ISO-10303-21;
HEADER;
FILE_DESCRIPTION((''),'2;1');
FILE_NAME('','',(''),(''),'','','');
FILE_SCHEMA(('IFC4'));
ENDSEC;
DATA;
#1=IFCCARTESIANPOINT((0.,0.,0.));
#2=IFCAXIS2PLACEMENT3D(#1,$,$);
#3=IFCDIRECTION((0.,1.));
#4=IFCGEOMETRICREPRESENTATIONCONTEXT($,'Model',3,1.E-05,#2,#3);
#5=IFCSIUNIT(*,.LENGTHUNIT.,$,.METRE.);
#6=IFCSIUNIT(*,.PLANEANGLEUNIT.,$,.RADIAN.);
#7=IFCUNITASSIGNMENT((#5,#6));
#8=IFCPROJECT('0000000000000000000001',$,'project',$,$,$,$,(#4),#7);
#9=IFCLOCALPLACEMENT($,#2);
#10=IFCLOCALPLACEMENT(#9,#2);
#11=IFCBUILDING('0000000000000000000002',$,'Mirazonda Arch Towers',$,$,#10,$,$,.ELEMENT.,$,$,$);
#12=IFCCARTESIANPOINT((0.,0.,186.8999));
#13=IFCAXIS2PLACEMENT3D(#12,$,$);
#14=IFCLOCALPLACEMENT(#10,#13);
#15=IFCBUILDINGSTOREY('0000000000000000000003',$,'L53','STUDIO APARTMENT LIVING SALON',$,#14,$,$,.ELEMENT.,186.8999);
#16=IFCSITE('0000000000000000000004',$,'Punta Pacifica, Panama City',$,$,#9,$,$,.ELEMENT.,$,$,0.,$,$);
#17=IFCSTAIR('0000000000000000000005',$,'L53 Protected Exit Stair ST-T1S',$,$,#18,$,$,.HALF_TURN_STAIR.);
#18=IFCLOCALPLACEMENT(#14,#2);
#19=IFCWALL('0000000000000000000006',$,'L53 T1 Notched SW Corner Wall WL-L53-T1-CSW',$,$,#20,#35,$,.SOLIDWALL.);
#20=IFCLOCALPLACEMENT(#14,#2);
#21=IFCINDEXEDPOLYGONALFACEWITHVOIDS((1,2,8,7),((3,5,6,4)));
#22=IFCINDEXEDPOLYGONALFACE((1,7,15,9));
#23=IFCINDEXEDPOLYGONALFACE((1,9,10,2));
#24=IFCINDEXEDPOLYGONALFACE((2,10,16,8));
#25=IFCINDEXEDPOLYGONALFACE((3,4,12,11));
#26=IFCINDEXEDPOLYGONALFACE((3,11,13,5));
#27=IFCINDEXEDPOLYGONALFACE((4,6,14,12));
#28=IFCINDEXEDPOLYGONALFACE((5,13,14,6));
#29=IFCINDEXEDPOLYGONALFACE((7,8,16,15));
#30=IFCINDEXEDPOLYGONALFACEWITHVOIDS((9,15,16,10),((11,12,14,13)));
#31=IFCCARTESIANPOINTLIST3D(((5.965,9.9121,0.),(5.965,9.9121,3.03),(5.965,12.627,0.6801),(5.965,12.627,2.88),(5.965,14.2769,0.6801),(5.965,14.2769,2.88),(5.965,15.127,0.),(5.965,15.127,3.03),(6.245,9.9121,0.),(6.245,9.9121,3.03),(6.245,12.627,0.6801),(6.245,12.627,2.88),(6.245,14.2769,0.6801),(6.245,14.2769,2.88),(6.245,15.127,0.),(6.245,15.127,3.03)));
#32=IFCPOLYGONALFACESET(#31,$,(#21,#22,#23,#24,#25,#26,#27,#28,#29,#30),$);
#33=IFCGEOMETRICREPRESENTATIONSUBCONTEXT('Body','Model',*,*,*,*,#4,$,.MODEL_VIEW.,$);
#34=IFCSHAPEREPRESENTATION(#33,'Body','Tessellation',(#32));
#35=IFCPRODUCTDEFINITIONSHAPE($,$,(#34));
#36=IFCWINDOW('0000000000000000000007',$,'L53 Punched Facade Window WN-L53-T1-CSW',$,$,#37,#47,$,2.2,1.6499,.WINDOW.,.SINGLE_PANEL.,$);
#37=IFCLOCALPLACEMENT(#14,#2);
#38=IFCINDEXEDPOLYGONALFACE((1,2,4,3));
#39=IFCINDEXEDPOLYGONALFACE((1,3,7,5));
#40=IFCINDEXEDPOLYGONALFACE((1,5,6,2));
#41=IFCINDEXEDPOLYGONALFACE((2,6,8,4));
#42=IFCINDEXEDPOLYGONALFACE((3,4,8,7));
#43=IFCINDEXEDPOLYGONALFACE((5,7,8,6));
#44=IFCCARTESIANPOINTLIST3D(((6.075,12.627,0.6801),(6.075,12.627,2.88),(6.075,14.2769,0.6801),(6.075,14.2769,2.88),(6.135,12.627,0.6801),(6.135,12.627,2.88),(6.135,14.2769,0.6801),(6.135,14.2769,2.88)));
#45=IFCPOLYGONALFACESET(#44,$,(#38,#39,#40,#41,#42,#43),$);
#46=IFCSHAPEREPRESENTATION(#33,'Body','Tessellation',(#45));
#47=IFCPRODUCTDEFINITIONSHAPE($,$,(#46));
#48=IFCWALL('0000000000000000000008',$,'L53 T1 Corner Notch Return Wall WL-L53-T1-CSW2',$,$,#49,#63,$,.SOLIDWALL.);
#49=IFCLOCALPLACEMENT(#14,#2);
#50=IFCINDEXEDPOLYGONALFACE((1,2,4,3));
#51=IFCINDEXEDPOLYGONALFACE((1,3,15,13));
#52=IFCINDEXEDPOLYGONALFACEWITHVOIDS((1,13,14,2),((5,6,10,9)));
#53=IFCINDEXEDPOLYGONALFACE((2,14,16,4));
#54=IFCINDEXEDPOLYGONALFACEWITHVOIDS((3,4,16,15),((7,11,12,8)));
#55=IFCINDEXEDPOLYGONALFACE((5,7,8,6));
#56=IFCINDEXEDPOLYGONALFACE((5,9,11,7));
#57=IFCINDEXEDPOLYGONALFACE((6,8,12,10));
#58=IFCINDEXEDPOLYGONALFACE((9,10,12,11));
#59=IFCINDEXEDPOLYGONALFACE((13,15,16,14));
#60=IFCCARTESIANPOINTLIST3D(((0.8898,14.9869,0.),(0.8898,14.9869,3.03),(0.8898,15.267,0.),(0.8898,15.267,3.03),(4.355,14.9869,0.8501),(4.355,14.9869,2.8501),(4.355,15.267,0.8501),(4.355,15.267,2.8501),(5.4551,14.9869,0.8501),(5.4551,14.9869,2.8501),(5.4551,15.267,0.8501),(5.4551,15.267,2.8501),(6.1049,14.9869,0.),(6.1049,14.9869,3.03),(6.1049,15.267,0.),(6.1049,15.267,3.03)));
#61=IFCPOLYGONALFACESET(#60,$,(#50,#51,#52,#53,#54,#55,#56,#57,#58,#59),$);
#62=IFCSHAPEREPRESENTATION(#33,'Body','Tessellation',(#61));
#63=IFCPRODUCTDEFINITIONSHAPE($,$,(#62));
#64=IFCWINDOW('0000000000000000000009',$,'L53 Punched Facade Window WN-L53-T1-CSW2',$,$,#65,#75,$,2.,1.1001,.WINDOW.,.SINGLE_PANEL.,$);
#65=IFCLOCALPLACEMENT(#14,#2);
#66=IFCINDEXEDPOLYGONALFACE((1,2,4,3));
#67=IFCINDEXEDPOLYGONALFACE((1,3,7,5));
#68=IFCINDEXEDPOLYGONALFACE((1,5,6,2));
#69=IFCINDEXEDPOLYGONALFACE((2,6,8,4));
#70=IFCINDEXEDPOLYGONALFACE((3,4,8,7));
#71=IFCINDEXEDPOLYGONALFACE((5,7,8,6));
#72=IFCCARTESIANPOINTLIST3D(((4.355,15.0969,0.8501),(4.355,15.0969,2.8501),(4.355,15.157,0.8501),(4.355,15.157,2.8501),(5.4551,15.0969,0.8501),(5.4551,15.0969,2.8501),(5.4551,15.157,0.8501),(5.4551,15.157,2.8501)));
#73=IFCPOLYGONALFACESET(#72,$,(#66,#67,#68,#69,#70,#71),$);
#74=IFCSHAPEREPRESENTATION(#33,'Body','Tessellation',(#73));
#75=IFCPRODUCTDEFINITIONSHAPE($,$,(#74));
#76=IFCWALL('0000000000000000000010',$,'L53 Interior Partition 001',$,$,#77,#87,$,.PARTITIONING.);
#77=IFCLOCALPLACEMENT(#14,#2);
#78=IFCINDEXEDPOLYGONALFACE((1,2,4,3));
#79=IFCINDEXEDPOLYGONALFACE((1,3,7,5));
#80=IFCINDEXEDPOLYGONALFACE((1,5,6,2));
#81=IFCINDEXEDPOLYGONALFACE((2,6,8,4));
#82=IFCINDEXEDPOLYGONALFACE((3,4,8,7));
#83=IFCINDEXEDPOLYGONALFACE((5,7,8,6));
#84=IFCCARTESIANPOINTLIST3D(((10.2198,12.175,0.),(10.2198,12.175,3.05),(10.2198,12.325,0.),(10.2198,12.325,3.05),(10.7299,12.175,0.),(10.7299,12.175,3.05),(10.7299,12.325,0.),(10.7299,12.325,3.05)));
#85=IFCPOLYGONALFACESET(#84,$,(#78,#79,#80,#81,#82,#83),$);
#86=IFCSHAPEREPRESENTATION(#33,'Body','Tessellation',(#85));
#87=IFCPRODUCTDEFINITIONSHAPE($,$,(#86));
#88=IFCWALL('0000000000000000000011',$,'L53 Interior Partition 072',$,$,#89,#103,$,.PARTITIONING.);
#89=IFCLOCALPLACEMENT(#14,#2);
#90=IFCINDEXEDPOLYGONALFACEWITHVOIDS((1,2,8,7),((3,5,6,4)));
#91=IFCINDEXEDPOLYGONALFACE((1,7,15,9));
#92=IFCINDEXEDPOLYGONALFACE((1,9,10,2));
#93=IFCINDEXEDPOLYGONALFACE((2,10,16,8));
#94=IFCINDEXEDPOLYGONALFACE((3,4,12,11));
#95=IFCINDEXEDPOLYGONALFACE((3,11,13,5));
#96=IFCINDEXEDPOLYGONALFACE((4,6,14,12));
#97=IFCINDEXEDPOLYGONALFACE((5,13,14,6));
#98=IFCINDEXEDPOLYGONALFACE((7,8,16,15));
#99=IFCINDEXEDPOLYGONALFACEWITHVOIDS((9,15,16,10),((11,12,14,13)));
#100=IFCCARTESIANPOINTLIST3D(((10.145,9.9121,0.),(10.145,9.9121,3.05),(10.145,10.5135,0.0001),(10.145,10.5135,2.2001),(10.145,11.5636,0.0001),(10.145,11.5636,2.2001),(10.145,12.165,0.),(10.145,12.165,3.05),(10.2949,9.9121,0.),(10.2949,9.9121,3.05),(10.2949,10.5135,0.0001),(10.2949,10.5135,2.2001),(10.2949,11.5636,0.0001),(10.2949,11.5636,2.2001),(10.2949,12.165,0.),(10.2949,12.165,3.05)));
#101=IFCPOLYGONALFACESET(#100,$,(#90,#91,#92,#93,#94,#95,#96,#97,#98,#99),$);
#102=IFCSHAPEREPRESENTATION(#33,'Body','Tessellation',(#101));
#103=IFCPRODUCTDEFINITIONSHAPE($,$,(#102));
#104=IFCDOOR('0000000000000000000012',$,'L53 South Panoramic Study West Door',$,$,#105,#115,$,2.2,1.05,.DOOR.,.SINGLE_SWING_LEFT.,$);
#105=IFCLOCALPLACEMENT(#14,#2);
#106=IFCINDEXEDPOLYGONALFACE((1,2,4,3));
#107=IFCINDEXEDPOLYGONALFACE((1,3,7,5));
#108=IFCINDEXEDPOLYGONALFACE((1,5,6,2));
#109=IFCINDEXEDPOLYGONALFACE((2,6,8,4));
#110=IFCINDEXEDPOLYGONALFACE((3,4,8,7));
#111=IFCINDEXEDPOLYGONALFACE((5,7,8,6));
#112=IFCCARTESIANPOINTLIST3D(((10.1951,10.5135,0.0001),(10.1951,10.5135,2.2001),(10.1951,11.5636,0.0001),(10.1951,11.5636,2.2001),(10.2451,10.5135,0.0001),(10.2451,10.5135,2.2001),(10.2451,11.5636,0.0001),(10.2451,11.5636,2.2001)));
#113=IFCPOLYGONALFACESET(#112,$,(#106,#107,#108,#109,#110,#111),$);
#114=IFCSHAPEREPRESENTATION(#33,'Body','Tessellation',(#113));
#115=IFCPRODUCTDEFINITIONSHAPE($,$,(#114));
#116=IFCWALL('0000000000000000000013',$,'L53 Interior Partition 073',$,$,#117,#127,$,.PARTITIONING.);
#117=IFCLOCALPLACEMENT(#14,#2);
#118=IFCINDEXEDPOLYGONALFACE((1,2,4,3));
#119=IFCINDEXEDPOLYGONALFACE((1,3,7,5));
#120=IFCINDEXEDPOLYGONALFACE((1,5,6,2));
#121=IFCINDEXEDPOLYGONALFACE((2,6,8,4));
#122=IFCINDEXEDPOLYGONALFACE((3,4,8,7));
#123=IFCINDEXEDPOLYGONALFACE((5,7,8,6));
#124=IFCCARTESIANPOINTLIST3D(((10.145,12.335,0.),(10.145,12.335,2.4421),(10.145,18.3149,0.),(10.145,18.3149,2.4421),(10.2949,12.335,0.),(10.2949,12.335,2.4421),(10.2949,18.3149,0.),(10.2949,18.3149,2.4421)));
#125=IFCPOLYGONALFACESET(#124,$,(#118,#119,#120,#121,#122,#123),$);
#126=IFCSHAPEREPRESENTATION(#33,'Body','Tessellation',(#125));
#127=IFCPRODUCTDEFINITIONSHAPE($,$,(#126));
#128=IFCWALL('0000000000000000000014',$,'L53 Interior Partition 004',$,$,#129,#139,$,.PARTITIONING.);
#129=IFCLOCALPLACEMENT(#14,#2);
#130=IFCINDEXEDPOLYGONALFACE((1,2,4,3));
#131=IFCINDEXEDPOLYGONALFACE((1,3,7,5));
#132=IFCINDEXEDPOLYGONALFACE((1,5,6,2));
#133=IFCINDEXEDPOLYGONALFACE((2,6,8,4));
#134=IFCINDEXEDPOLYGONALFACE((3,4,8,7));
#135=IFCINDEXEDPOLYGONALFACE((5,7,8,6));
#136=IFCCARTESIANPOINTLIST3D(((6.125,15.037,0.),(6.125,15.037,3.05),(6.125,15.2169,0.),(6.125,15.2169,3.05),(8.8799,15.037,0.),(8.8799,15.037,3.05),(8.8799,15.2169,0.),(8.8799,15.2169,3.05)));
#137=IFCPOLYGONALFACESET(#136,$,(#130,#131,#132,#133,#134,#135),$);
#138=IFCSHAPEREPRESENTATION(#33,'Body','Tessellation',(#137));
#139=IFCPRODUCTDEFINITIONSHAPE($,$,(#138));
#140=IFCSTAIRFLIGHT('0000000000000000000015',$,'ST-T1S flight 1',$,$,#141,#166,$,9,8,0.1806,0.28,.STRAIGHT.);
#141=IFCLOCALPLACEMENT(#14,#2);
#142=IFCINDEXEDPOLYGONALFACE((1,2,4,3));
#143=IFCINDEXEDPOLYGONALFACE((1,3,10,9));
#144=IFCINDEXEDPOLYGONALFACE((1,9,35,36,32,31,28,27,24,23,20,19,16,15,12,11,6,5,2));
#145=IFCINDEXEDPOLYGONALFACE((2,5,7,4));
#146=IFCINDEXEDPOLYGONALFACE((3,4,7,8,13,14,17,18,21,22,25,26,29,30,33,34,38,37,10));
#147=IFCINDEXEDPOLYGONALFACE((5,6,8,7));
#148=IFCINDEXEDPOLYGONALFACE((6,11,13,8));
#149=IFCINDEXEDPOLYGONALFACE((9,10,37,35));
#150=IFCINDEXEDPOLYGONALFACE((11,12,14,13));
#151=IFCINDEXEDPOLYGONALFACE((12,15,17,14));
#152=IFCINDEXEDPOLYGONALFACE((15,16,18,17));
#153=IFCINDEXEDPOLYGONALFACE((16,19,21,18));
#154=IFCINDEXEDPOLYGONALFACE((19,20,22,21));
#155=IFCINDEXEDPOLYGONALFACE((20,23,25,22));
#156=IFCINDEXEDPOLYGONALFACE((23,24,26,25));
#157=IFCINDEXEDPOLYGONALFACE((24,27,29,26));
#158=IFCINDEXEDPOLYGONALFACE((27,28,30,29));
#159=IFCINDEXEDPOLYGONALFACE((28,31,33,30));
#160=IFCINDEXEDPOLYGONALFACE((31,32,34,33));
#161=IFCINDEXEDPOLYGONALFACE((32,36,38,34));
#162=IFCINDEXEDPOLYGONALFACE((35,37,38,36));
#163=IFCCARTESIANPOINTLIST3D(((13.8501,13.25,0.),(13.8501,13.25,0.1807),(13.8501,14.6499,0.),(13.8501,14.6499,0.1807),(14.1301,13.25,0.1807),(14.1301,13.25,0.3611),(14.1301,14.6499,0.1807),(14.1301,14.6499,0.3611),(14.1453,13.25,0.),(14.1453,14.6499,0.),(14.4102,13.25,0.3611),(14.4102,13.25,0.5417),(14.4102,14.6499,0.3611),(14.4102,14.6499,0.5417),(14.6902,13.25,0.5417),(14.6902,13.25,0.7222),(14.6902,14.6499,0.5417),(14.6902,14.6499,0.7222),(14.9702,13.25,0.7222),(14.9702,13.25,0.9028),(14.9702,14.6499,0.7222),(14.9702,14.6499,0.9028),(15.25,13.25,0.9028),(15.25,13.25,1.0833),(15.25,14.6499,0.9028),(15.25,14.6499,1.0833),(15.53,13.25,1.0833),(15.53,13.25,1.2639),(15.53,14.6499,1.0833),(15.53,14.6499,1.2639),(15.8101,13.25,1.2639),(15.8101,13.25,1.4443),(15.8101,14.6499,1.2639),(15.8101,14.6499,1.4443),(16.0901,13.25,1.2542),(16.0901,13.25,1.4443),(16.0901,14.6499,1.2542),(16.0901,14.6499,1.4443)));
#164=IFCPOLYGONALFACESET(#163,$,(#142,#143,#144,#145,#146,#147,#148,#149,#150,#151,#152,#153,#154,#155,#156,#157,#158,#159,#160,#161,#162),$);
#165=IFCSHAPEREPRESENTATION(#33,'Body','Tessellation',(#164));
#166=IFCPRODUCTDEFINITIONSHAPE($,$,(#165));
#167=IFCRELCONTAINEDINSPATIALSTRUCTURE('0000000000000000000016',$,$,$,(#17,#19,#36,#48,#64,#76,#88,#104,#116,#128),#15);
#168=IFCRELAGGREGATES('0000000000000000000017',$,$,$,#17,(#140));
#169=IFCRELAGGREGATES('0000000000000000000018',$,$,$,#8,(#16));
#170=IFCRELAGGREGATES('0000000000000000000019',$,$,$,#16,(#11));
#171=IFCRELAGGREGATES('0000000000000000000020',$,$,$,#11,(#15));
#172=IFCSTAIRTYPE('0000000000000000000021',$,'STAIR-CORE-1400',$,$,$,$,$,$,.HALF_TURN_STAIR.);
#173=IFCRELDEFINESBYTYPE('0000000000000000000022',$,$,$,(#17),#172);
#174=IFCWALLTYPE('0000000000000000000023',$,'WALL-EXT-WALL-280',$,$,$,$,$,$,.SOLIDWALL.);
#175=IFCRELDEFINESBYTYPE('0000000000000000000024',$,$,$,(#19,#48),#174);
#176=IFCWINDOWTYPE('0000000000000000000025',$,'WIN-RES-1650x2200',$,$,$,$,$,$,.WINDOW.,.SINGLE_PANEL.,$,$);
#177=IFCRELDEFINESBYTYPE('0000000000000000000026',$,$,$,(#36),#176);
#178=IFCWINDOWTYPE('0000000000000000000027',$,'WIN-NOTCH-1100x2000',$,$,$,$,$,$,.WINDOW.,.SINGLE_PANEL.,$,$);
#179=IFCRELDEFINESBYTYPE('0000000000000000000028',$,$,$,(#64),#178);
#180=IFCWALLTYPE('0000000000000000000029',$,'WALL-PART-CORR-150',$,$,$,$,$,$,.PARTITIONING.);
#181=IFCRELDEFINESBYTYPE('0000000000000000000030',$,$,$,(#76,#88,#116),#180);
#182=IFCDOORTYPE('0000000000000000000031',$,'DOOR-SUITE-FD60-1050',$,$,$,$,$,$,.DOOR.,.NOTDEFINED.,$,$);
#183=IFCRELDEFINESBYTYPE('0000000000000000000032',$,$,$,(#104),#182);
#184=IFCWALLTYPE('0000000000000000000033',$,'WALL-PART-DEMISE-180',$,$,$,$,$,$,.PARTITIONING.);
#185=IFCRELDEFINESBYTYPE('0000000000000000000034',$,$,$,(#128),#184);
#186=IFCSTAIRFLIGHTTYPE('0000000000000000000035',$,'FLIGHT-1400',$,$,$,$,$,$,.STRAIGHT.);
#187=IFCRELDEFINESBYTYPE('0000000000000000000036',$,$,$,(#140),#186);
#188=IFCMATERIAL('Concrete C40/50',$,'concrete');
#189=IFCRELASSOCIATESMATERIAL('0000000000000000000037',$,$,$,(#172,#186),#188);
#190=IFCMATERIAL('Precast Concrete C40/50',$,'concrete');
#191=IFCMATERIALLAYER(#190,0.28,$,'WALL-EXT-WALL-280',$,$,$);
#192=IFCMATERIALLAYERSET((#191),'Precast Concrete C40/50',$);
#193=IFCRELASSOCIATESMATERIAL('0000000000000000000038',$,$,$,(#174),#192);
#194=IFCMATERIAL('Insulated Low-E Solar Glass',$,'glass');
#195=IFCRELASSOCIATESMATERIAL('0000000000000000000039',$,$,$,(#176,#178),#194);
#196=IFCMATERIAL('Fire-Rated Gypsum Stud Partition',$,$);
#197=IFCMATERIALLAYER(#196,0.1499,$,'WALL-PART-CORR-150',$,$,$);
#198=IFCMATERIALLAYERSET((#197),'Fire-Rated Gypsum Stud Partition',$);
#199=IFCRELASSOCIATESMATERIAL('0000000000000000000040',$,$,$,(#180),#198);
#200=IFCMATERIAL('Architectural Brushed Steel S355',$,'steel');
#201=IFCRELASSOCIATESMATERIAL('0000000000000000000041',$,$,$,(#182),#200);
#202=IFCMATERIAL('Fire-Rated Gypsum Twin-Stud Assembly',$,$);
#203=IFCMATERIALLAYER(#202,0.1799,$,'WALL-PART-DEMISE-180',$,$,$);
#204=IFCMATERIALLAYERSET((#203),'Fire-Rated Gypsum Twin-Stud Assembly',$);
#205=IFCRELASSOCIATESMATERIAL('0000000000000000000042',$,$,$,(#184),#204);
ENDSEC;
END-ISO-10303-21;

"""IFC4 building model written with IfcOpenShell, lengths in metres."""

from ifc_helpers import new_model, si_unit, direction, frame, frame_2d, origin, place, context, subcontext, project, spatial, polyline, rectangle, outline, extrude, material, layer, layer_set, type_object, element, fill, aggregate, save


model = new_model("IFC4")

# Units and contexts
model_context = context("Model", 3, precision=1e-05, world=origin(), true_north=direction((0.0, 1.0)))
body_context = subcontext(model_context, "Body", "Model", "MODEL_VIEW")
ifc_project = project(units=[si_unit("LENGTHUNIT", "METRE"), si_unit("PLANEANGLEUNIT", "RADIAN")], contexts=[model_context])

# Site, building, storey
site_placement = place(None, origin())
site = spatial("IfcSite", under=ifc_project, at=site_placement, Name="Punta Pacifica, Panama City", CompositionType="ELEMENT", RefElevation=0.0)
building_placement = place(site_placement, origin())
building = spatial("IfcBuilding", under=site, at=building_placement, Name="Mirazonda Arch Towers", CompositionType="ELEMENT")
storey_placement = place(building_placement, frame((0.0, 0.0, 186.8999)))
storey = spatial("IfcBuildingStorey", under=building, at=storey_placement, Name="L53", Description="STUDIO APARTMENT LIVING SALON", CompositionType="ELEMENT", Elevation=186.8999)

# Shared definitions
ifc_material_1 = material(Name="Insulated Low-E Solar Glass", Category="glass")

# Stair
ifc_material_2 = material(Name="Concrete C40/50", Category="concrete")
stair_type = type_object("IfcStairType", Name="STAIR-CORE-1400", PredefinedType="HALF_TURN_STAIR", material=ifc_material_2)
stair_1_placement = place(storey_placement, origin())
stair_1 = element("IfcStair", 1, at=stair_1_placement, inside=storey, type_object=stair_type, Name="L53 Protected Exit Stair ST-T1S", PredefinedType="HALF_TURN_STAIR")

# Walls, openings, windows
ifc_material_3 = material(Name="Precast Concrete C40/50", Category="concrete")
ifc_layer_1 = layer(ifc_material_3, 0.28, Name="WALL-EXT-WALL-280")
ifc_layer_set_1 = layer_set([ifc_layer_1], Name="Precast Concrete C40/50")
wall_type_1 = type_object("IfcWallType", Name="WALL-EXT-WALL-280", PredefinedType="SOLIDWALL", material=ifc_layer_set_1)
wall_1_placement = place(storey_placement, frame((6.105, 15.127, 0.0), z_axis=(0.0, 0.0, 1.0), x_axis=(0.0, -1.0, 0.0)))
wall_1 = element("IfcWall", 2, at=wall_1_placement, inside=storey, type_object=wall_type_1, Name="L53 T1 Notched SW Corner Wall WL-L53-T1-CSW", PredefinedType="SOLIDWALL", context=body_context, shape_type="SweptSolid", body=[
    extrude(rectangle(XDim=5.2148, YDim=0.28, at=frame_2d((2.6074, 0.0))), origin(), (0.0, 0.0, 1.0), 3.03),
])
opening_1_placement = place(wall_1_placement, frame((0.8501, 0.0, 0.6799)))
opening_1 = element("IfcOpeningElement", 3, at=opening_1_placement, cuts=wall_1, PredefinedType="OPENING", context=body_context, shape_type="SweptSolid", body=[
    extrude(rectangle(XDim=1.6499, YDim=2.2, at=frame_2d((0.825, 1.1001))), frame((0.0, 0.1499, 0.0), z_axis=(0.0, -1.0, 0.0), x_axis=(1.0, 0.0, 0.0)), (0.0, 0.0, 1.0), 0.3),
])
window_type_1 = type_object("IfcWindowType", Name="WIN-RES-1650x2200", PartitioningType="SINGLE_PANEL", PredefinedType="WINDOW", material=ifc_material_1)
window_1_placement = place(opening_1_placement, origin())
window_1 = element("IfcWindow", 4, at=window_1_placement, inside=storey, type_object=window_type_1, Name="L53 Punched Facade Window WN-L53-T1-CSW", OverallHeight=2.2, OverallWidth=1.6499, PartitioningType="SINGLE_PANEL", PredefinedType="WINDOW", context=body_context, shape_type="SweptSolid", body=[
    extrude(rectangle(XDim=1.6499, YDim=2.2, at=frame_2d((0.825, 1.1001))), frame((0.0, 0.03, 0.0), z_axis=(0.0, -1.0, 0.0), x_axis=(1.0, 0.0, 0.0)), (0.0, 0.0, 1.0), 0.0601),
])
fill(opening_1, window_1)
wall_2_placement = place(storey_placement, frame((0.8899, 15.127, 0.0), z_axis=(0.0, 0.0, 1.0), x_axis=(1.0, 0.0, 0.0)))
wall_2 = element("IfcWall", 5, at=wall_2_placement, inside=storey, type_object=wall_type_1, Name="L53 T1 Corner Notch Return Wall WL-L53-T1-CSW2", PredefinedType="SOLIDWALL", context=body_context, shape_type="SweptSolid", body=[
    extrude(rectangle(XDim=5.2151, YDim=0.28, at=frame_2d((2.6074, 0.0))), origin(), (0.0, 0.0, 1.0), 3.03),
])
opening_2_placement = place(wall_2_placement, frame((3.4651, 0.0, 0.8501)))
opening_2 = element("IfcOpeningElement", 6, at=opening_2_placement, cuts=wall_2, PredefinedType="OPENING", context=body_context, shape_type="SweptSolid", body=[
    extrude(rectangle(XDim=1.1001, YDim=2.0, at=frame_2d((0.55, 1.0))), frame((0.0, 0.1499, 0.0), z_axis=(0.0, -1.0, 0.0), x_axis=(1.0, 0.0, 0.0)), (0.0, 0.0, 1.0), 0.3),
])
window_type_2 = type_object("IfcWindowType", Name="WIN-NOTCH-1100x2000", PartitioningType="SINGLE_PANEL", PredefinedType="WINDOW", material=ifc_material_1)
window_2_placement = place(opening_2_placement, origin())
window_2 = element("IfcWindow", 7, at=window_2_placement, inside=storey, type_object=window_type_2, Name="L53 Punched Facade Window WN-L53-T1-CSW2", OverallHeight=2.0, OverallWidth=1.1001, PartitioningType="SINGLE_PANEL", PredefinedType="WINDOW", context=body_context, shape_type="SweptSolid", body=[
    extrude(rectangle(XDim=1.1001, YDim=2.0, at=frame_2d((0.55, 1.0))), frame((0.0, 0.03, 0.0), z_axis=(0.0, -1.0, 0.0), x_axis=(1.0, 0.0, 0.0)), (0.0, 0.0, 1.0), 0.0601),
])
fill(opening_2, window_2)

# Wall
ifc_material_4 = material(Name="Fire-Rated Gypsum Stud Partition")
ifc_layer_2 = layer(ifc_material_4, 0.1499, Name="WALL-PART-CORR-150")
ifc_layer_set_2 = layer_set([ifc_layer_2], Name="Fire-Rated Gypsum Stud Partition")
wall_type_2 = type_object("IfcWallType", Name="WALL-PART-CORR-150", PredefinedType="PARTITIONING", material=ifc_layer_set_2)
wall_3_placement = place(storey_placement, frame((10.22, 12.25, 0.0), z_axis=(0.0, 0.0, 1.0), x_axis=(1.0, 0.0, 0.0)))
element("IfcWall", 8, at=wall_3_placement, inside=storey, type_object=wall_type_2, Name="L53 Interior Partition 001", PredefinedType="PARTITIONING", context=body_context, shape_type="SweptSolid", body=[
    extrude(rectangle(XDim=0.51, YDim=0.1499, at=frame_2d((0.2549, 0.0))), origin(), (0.0, 0.0, 1.0), 3.05),
])

# Wall, opening, door
wall_4_placement = place(storey_placement, frame((10.22, 9.9121, 0.0), z_axis=(0.0, 0.0, 1.0), x_axis=(0.0, 1.0, 0.0)))
wall_4 = element("IfcWall", 9, at=wall_4_placement, inside=storey, type_object=wall_type_2, Name="L53 Interior Partition 072", PredefinedType="PARTITIONING", context=body_context, shape_type="SweptSolid", body=[
    extrude(rectangle(XDim=2.2529, YDim=0.1499, at=frame_2d((1.1265, 0.0))), origin(), (0.0, 0.0, 1.0), 3.05),
])
opening_3_placement = place(wall_4_placement, frame((0.6016, 0.0, 0.0)))
opening_3 = element("IfcOpeningElement", 10, at=opening_3_placement, cuts=wall_4, PredefinedType="OPENING", context=body_context, shape_type="SweptSolid", body=[
    extrude(rectangle(XDim=1.05, YDim=2.2, at=frame_2d((0.5249, 1.1001))), frame((0.0, 0.085, 0.0), z_axis=(0.0, -1.0, 0.0), x_axis=(1.0, 0.0, 0.0)), (0.0, 0.0, 1.0), 0.1699),
])
ifc_material_5 = material(Name="Architectural Brushed Steel S355", Category="steel")
door_type_1 = type_object("IfcDoorType", Name="DOOR-SUITE-FD60-1050", OperationType="NOTDEFINED", PredefinedType="DOOR", material=ifc_material_5)
door_1_placement = place(opening_3_placement, origin())
door_1 = element("IfcDoor", 11, at=door_1_placement, inside=storey, type_object=door_type_1, Name="L53 South Panoramic Study West Door", OperationType="SINGLE_SWING_LEFT", OverallHeight=2.2, OverallWidth=1.05, PredefinedType="DOOR", context=body_context, shape_type="SweptSolid", body=[
    extrude(rectangle(XDim=1.05, YDim=2.2, at=frame_2d((0.5249, 1.1001))), frame((0.0, 0.0249, 0.0), z_axis=(0.0, -1.0, 0.0), x_axis=(1.0, 0.0, 0.0)), (0.0, 0.0, 1.0), 0.05),
])
fill(opening_3, door_1)

# Walls
wall_5_placement = place(storey_placement, frame((10.22, 12.335, 0.0), z_axis=(0.0, 0.0, 1.0), x_axis=(0.0, 1.0, 0.0)))
element("IfcWall", 12, at=wall_5_placement, inside=storey, type_object=wall_type_2, Name="L53 Interior Partition 073", PredefinedType="PARTITIONING", context=body_context, shape_type="SweptSolid", body=[
    extrude(rectangle(XDim=5.98, YDim=0.1499, at=frame_2d((2.99, 0.0))), origin(), (0.0, 0.0, 1.0), 2.4421),
])
ifc_material_6 = material(Name="Fire-Rated Gypsum Twin-Stud Assembly")
ifc_layer_3 = layer(ifc_material_6, 0.1799, Name="WALL-PART-DEMISE-180")
ifc_layer_set_3 = layer_set([ifc_layer_3], Name="Fire-Rated Gypsum Twin-Stud Assembly")
wall_type_3 = type_object("IfcWallType", Name="WALL-PART-DEMISE-180", PredefinedType="PARTITIONING", material=ifc_layer_set_3)
wall_6_placement = place(storey_placement, frame((6.125, 15.127, 0.0), z_axis=(0.0, 0.0, 1.0), x_axis=(1.0, 0.0, 0.0)))
element("IfcWall", 13, at=wall_6_placement, inside=storey, type_object=wall_type_3, Name="L53 Interior Partition 004", PredefinedType="PARTITIONING", context=body_context, shape_type="SweptSolid", body=[
    extrude(rectangle(XDim=2.7549, YDim=0.1799, at=frame_2d((1.3774, 0.0))), origin(), (0.0, 0.0, 1.0), 3.05),
])

# Stair flight
stair_flight_type = type_object("IfcStairFlightType", Name="FLIGHT-1400", PredefinedType="STRAIGHT", material=ifc_material_2)
stair_flight_placement = place(storey_placement, frame((13.8501, 13.95, 0.0), z_axis=(0.0, 0.0, 1.0), x_axis=(1.0, 0.0, 0.0)))
stair_flight = element("IfcStairFlight", 14, at=stair_flight_placement, type_object=stair_flight_type, Name="ST-T1S flight 1", NumberOfRisers=9, NumberOfTreads=8, PredefinedType="STRAIGHT", RiserHeight=0.1806, TreadLength=0.28, context=body_context, shape_type="SweptSolid", body=[
    extrude(outline(polyline([(0.0, 0.0), (0.0, 0.1807), (0.28, 0.1807), (0.28, 0.3611), (0.5601, 0.3611), (0.5601, 0.5417), (0.8401, 0.5417), (0.8401, 0.7222), (1.1201, 0.7222), (1.1201, 0.9028), (1.3999, 0.9028), (1.3999, 1.0833), (1.6799, 1.0833), (1.6799, 1.2639), (1.96, 1.2639), (1.96, 1.4443), (2.24, 1.4443), (2.24, 1.625), (2.24, 1.2542), (0.2952, 0.0), (0.0, 0.0)])), frame((0.0, 0.7, 0.0), z_axis=(0.0, -1.0, 0.0), x_axis=(1.0, 0.0, 0.0)), (0.0, 0.0, 1.0), 1.3999),
])
aggregate(stair_1, [stair_flight])

save(model, "model.ifc")
